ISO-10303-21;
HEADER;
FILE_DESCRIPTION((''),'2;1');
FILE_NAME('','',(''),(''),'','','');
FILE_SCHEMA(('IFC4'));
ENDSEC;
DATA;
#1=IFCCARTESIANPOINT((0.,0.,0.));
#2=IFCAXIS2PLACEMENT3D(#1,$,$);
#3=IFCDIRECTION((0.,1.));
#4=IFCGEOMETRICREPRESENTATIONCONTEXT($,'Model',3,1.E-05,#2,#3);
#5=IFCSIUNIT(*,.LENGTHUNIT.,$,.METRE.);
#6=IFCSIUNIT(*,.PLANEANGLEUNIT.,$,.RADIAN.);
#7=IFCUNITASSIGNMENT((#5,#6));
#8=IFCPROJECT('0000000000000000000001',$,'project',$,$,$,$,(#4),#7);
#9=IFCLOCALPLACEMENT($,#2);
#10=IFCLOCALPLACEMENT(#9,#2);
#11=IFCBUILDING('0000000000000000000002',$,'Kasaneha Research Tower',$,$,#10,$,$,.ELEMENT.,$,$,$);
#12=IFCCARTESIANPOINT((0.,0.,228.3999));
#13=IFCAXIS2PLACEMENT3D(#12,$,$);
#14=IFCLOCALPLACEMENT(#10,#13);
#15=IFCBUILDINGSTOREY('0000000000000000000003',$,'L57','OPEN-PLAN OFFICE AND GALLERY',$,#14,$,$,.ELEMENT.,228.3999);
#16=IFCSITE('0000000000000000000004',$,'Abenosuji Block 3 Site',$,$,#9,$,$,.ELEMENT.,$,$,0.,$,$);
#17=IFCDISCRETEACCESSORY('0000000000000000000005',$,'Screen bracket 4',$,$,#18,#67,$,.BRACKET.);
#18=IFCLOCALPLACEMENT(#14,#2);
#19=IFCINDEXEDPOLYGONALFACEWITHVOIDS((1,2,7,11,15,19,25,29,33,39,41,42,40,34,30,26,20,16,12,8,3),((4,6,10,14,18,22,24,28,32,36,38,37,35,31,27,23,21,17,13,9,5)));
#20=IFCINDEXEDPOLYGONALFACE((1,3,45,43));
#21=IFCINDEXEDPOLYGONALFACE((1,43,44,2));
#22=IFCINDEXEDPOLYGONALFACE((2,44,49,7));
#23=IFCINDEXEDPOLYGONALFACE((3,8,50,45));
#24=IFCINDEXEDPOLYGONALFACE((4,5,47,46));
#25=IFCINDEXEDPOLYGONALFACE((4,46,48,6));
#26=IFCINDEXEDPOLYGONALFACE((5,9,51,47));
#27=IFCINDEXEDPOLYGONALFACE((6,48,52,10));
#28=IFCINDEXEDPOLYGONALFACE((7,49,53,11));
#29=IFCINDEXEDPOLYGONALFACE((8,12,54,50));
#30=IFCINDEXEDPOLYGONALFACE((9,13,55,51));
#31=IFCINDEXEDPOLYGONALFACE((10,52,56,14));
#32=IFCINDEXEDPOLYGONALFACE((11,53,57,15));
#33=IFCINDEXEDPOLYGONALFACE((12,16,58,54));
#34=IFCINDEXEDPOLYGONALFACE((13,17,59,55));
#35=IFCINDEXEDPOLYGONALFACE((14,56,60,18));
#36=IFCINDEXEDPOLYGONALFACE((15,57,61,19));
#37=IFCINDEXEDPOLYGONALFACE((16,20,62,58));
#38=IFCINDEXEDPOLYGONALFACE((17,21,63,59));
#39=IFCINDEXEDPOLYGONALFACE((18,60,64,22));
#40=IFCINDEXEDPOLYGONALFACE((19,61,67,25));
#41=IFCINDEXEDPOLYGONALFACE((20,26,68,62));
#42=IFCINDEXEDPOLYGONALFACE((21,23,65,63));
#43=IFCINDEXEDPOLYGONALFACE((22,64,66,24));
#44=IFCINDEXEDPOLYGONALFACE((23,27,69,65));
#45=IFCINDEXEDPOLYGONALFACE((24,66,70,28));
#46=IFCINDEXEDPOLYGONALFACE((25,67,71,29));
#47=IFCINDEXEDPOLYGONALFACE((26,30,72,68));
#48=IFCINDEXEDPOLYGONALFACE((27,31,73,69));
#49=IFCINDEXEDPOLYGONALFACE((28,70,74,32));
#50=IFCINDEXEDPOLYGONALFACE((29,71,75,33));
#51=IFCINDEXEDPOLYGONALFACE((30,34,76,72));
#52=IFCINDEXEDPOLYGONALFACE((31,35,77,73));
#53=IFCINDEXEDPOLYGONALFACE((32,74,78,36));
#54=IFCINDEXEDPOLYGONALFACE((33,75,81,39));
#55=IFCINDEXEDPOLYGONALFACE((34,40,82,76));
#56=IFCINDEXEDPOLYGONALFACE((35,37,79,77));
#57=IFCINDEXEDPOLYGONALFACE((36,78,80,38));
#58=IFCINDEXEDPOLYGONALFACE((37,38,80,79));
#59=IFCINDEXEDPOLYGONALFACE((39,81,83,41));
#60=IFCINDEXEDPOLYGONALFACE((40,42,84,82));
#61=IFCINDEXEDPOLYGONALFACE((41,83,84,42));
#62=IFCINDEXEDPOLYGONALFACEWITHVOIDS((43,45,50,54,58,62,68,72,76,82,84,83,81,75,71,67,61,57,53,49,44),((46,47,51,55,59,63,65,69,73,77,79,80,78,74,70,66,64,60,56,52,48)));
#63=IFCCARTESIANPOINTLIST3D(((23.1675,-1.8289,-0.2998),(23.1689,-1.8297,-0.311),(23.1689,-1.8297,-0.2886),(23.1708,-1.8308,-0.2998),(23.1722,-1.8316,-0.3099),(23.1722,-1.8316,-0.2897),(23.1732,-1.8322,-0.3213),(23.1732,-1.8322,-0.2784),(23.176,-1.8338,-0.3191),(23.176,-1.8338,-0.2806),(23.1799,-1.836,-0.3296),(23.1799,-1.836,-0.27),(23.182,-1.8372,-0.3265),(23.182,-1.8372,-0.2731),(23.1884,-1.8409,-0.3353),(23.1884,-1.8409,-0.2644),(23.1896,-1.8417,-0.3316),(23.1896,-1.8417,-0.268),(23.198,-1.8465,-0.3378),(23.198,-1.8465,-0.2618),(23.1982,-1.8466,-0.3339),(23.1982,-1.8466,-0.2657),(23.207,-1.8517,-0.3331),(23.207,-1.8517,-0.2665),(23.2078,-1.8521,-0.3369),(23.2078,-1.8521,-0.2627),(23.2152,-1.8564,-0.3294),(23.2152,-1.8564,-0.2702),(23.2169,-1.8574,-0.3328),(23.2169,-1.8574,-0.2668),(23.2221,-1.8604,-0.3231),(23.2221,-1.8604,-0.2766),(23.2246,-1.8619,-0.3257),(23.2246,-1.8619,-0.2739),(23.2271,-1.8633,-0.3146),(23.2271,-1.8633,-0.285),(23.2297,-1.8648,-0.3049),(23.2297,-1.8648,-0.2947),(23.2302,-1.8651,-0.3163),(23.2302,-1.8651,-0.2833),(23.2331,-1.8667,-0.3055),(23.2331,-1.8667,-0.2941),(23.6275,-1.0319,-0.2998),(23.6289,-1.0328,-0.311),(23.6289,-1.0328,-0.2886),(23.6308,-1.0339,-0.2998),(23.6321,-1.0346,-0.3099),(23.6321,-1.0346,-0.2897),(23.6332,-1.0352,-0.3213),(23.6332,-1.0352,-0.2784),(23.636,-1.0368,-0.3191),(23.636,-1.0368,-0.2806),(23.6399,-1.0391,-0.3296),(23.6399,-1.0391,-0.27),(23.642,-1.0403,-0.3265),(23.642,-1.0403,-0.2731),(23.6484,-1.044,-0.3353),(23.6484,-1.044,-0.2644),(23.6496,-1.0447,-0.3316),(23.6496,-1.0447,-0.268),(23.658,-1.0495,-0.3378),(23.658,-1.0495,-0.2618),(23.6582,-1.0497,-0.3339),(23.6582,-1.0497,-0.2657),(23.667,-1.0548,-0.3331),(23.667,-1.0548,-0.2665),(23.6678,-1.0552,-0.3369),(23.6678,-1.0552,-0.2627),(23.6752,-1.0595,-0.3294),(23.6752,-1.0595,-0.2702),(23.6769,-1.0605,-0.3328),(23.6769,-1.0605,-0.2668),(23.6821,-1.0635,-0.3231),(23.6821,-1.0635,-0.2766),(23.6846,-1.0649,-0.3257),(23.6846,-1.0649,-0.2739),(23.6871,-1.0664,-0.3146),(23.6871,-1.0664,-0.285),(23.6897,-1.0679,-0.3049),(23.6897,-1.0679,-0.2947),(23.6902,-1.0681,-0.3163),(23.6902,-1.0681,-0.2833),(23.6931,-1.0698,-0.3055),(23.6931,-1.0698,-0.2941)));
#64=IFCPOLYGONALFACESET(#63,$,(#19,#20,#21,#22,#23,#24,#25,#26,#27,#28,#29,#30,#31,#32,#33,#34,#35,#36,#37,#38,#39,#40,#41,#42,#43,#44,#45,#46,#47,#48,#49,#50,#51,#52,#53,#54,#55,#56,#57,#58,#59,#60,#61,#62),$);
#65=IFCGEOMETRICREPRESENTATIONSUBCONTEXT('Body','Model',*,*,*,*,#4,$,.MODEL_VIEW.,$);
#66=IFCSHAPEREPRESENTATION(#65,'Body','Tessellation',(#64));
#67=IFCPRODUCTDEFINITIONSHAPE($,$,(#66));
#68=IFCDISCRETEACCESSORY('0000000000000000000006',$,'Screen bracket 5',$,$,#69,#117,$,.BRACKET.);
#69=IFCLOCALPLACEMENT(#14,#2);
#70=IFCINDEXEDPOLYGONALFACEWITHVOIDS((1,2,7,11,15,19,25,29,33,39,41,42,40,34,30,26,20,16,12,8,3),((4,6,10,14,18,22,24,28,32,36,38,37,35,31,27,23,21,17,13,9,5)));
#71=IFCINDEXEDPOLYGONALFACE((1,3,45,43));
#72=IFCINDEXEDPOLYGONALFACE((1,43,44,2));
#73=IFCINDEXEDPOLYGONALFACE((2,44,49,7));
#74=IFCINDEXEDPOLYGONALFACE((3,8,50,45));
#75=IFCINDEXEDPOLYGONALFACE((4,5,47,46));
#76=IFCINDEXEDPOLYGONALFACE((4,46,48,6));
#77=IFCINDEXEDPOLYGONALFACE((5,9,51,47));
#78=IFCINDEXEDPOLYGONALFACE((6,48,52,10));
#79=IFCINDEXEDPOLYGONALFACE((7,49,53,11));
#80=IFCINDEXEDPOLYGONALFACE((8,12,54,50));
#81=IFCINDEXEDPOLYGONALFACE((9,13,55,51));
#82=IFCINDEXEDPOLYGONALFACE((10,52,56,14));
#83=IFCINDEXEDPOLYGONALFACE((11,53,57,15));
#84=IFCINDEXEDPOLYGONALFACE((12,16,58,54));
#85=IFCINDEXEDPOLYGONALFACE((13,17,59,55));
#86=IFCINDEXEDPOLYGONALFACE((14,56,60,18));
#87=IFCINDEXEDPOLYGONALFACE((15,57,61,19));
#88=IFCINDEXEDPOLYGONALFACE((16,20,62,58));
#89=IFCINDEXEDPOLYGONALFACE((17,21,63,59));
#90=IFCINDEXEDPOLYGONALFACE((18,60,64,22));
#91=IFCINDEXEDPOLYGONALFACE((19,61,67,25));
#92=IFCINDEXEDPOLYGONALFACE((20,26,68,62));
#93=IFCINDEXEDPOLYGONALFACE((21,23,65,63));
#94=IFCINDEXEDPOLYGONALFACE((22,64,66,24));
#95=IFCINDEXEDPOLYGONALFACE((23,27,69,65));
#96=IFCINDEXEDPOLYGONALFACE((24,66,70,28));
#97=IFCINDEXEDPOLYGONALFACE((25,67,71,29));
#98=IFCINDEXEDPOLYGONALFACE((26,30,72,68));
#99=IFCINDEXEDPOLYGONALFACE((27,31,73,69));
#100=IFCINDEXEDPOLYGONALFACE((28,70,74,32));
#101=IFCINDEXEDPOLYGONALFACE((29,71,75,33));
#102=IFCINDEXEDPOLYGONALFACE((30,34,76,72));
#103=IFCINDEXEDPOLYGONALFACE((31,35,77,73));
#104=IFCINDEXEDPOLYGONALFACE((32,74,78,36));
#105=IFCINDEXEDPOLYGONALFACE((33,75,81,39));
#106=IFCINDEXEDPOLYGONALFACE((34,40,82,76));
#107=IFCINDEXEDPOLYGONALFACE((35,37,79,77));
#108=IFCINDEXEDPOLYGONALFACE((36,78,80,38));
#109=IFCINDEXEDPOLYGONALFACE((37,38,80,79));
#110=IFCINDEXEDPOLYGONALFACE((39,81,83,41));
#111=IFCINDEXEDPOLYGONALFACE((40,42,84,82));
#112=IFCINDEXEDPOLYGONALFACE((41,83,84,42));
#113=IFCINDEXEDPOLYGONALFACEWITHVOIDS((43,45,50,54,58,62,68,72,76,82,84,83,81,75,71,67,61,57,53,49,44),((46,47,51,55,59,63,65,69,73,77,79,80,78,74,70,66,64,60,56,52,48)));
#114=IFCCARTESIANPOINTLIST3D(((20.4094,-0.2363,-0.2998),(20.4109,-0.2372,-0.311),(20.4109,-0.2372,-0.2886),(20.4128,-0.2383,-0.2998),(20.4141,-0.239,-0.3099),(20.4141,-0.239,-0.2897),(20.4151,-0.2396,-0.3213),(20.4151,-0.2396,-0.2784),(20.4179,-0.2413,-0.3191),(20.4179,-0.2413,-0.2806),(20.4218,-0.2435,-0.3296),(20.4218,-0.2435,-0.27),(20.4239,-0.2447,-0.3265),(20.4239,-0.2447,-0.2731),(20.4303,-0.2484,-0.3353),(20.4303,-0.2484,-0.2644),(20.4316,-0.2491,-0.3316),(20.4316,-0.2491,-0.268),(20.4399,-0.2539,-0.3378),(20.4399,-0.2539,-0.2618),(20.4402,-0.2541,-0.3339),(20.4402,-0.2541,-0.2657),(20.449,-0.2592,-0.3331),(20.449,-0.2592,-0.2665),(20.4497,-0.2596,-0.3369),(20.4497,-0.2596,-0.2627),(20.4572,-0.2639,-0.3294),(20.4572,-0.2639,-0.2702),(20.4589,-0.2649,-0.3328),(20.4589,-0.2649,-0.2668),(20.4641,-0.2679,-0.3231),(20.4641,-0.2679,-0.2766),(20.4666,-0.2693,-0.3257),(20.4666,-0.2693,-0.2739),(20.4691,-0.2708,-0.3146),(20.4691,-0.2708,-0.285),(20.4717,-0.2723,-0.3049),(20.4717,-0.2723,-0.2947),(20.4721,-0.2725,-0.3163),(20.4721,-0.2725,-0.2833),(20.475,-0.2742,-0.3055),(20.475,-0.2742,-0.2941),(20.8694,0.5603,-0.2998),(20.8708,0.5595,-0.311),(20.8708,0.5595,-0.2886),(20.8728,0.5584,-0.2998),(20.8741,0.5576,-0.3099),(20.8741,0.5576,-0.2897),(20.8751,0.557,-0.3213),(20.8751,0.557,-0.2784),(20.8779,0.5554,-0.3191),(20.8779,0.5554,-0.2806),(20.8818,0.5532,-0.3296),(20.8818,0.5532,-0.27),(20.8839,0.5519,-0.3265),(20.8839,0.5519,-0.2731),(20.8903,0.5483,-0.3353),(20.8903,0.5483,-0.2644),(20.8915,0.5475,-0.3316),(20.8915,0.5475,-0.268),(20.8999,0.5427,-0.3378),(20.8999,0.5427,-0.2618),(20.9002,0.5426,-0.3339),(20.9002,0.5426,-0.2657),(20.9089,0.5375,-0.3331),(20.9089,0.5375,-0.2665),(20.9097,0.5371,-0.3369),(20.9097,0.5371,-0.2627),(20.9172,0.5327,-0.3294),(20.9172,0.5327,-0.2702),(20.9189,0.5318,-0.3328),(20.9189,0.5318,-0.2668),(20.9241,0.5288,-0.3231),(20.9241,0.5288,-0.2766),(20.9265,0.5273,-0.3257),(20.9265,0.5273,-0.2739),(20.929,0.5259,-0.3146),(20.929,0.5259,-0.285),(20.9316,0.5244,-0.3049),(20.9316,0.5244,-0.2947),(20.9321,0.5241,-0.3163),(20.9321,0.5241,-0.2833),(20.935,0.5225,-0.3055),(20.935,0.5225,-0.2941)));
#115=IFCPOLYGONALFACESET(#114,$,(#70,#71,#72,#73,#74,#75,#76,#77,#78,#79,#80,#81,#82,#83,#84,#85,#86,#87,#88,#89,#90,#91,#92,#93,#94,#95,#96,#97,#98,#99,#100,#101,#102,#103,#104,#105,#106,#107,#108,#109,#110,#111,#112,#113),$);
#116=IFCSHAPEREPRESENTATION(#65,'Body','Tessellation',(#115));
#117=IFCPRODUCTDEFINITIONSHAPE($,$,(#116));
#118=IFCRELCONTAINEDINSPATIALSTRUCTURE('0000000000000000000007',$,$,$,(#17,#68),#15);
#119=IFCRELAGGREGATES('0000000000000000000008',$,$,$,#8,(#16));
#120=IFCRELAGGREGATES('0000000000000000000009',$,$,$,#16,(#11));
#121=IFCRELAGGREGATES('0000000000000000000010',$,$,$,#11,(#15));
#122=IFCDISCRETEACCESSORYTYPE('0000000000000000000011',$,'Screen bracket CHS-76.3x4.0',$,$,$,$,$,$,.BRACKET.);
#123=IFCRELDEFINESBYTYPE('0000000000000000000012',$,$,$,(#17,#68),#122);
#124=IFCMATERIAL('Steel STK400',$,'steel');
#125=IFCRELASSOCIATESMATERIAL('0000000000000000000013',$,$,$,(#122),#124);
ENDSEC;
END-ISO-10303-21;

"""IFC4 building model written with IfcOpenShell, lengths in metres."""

from ifc_helpers import new_model, si_unit, direction, frame, origin, origin_2d, place, context, subcontext, project, spatial, hollow_circle, extrude, material, material_profile, profile_set, type_object, element, save


model = new_model("IFC4")

# Units and contexts
model_context = context("Model", 3, precision=1e-05, world=origin(), true_north=direction((0.0, 1.0)))
body_context = subcontext(model_context, "Body", "Model", "MODEL_VIEW")
ifc_project = project(units=[si_unit("LENGTHUNIT", "METRE"), si_unit("PLANEANGLEUNIT", "RADIAN")], contexts=[model_context])

# Site, building, storey
site_placement = place(None, origin())
site = spatial("IfcSite", under=ifc_project, at=site_placement, Name="Abenosuji Block 3 Site", CompositionType="ELEMENT", RefElevation=0.0)
building_placement = place(site_placement, origin())
building = spatial("IfcBuilding", under=site, at=building_placement, Name="Kasaneha Research Tower", CompositionType="ELEMENT")
storey_placement = place(building_placement, frame((0.0, 0.0, 228.3999)))
storey = spatial("IfcBuildingStorey", under=building, at=storey_placement, Name="L57", Description="OPEN-PLAN OFFICE AND GALLERY", CompositionType="ELEMENT", Elevation=228.3999)

# Discrete accessories
ifc_material_1 = material(Name="Steel STK400", Category="steel")
ifc_material_profile_1 = material_profile(ifc_material_1, hollow_circle(Radius=0.0381, WallThickness=0.0039, at=origin_2d()), Name="CHS-76.3x4.0")
ifc_profile_set_1 = profile_set([ifc_material_profile_1], Name="Steel STK400")
discrete_accessory_type = type_object("IfcDiscreteAccessoryType", Name="Screen bracket CHS-76.3x4.0", PredefinedType="BRACKET", material=ifc_profile_set_1)
discrete_accessory_1_placement = place(storey_placement, frame((23.2004, -1.8479, -0.2998), z_axis=(0.499906, 0.86608, 0.0), x_axis=(-0.86608, 0.499906, 0.0)))
element("IfcDiscreteAccessory", 1, at=discrete_accessory_1_placement, inside=storey, type_object=discrete_accessory_type, Name="Screen bracket 4", PredefinedType="BRACKET", context=body_context, shape_type="SweptSolid", body=[
    extrude(hollow_circle(Radius=0.0381, WallThickness=0.0039, at=origin_2d()), origin(), (0.0, 0.0, 1.0), 0.9202),
])
discrete_accessory_2_placement = place(storey_placement, frame((20.4424, -0.2554, -0.2998), z_axis=(0.500021, 0.866013, 0.0), x_axis=(-0.866013, 0.500021, 0.0)))
element("IfcDiscreteAccessory", 2, at=discrete_accessory_2_placement, inside=storey, type_object=discrete_accessory_type, Name="Screen bracket 5", PredefinedType="BRACKET", context=body_context, shape_type="SweptSolid", body=[
    extrude(hollow_circle(Radius=0.0381, WallThickness=0.0039, at=origin_2d()), origin(), (0.0, 0.0, 1.0), 0.9199),
])

save(model, "model.ifc")
